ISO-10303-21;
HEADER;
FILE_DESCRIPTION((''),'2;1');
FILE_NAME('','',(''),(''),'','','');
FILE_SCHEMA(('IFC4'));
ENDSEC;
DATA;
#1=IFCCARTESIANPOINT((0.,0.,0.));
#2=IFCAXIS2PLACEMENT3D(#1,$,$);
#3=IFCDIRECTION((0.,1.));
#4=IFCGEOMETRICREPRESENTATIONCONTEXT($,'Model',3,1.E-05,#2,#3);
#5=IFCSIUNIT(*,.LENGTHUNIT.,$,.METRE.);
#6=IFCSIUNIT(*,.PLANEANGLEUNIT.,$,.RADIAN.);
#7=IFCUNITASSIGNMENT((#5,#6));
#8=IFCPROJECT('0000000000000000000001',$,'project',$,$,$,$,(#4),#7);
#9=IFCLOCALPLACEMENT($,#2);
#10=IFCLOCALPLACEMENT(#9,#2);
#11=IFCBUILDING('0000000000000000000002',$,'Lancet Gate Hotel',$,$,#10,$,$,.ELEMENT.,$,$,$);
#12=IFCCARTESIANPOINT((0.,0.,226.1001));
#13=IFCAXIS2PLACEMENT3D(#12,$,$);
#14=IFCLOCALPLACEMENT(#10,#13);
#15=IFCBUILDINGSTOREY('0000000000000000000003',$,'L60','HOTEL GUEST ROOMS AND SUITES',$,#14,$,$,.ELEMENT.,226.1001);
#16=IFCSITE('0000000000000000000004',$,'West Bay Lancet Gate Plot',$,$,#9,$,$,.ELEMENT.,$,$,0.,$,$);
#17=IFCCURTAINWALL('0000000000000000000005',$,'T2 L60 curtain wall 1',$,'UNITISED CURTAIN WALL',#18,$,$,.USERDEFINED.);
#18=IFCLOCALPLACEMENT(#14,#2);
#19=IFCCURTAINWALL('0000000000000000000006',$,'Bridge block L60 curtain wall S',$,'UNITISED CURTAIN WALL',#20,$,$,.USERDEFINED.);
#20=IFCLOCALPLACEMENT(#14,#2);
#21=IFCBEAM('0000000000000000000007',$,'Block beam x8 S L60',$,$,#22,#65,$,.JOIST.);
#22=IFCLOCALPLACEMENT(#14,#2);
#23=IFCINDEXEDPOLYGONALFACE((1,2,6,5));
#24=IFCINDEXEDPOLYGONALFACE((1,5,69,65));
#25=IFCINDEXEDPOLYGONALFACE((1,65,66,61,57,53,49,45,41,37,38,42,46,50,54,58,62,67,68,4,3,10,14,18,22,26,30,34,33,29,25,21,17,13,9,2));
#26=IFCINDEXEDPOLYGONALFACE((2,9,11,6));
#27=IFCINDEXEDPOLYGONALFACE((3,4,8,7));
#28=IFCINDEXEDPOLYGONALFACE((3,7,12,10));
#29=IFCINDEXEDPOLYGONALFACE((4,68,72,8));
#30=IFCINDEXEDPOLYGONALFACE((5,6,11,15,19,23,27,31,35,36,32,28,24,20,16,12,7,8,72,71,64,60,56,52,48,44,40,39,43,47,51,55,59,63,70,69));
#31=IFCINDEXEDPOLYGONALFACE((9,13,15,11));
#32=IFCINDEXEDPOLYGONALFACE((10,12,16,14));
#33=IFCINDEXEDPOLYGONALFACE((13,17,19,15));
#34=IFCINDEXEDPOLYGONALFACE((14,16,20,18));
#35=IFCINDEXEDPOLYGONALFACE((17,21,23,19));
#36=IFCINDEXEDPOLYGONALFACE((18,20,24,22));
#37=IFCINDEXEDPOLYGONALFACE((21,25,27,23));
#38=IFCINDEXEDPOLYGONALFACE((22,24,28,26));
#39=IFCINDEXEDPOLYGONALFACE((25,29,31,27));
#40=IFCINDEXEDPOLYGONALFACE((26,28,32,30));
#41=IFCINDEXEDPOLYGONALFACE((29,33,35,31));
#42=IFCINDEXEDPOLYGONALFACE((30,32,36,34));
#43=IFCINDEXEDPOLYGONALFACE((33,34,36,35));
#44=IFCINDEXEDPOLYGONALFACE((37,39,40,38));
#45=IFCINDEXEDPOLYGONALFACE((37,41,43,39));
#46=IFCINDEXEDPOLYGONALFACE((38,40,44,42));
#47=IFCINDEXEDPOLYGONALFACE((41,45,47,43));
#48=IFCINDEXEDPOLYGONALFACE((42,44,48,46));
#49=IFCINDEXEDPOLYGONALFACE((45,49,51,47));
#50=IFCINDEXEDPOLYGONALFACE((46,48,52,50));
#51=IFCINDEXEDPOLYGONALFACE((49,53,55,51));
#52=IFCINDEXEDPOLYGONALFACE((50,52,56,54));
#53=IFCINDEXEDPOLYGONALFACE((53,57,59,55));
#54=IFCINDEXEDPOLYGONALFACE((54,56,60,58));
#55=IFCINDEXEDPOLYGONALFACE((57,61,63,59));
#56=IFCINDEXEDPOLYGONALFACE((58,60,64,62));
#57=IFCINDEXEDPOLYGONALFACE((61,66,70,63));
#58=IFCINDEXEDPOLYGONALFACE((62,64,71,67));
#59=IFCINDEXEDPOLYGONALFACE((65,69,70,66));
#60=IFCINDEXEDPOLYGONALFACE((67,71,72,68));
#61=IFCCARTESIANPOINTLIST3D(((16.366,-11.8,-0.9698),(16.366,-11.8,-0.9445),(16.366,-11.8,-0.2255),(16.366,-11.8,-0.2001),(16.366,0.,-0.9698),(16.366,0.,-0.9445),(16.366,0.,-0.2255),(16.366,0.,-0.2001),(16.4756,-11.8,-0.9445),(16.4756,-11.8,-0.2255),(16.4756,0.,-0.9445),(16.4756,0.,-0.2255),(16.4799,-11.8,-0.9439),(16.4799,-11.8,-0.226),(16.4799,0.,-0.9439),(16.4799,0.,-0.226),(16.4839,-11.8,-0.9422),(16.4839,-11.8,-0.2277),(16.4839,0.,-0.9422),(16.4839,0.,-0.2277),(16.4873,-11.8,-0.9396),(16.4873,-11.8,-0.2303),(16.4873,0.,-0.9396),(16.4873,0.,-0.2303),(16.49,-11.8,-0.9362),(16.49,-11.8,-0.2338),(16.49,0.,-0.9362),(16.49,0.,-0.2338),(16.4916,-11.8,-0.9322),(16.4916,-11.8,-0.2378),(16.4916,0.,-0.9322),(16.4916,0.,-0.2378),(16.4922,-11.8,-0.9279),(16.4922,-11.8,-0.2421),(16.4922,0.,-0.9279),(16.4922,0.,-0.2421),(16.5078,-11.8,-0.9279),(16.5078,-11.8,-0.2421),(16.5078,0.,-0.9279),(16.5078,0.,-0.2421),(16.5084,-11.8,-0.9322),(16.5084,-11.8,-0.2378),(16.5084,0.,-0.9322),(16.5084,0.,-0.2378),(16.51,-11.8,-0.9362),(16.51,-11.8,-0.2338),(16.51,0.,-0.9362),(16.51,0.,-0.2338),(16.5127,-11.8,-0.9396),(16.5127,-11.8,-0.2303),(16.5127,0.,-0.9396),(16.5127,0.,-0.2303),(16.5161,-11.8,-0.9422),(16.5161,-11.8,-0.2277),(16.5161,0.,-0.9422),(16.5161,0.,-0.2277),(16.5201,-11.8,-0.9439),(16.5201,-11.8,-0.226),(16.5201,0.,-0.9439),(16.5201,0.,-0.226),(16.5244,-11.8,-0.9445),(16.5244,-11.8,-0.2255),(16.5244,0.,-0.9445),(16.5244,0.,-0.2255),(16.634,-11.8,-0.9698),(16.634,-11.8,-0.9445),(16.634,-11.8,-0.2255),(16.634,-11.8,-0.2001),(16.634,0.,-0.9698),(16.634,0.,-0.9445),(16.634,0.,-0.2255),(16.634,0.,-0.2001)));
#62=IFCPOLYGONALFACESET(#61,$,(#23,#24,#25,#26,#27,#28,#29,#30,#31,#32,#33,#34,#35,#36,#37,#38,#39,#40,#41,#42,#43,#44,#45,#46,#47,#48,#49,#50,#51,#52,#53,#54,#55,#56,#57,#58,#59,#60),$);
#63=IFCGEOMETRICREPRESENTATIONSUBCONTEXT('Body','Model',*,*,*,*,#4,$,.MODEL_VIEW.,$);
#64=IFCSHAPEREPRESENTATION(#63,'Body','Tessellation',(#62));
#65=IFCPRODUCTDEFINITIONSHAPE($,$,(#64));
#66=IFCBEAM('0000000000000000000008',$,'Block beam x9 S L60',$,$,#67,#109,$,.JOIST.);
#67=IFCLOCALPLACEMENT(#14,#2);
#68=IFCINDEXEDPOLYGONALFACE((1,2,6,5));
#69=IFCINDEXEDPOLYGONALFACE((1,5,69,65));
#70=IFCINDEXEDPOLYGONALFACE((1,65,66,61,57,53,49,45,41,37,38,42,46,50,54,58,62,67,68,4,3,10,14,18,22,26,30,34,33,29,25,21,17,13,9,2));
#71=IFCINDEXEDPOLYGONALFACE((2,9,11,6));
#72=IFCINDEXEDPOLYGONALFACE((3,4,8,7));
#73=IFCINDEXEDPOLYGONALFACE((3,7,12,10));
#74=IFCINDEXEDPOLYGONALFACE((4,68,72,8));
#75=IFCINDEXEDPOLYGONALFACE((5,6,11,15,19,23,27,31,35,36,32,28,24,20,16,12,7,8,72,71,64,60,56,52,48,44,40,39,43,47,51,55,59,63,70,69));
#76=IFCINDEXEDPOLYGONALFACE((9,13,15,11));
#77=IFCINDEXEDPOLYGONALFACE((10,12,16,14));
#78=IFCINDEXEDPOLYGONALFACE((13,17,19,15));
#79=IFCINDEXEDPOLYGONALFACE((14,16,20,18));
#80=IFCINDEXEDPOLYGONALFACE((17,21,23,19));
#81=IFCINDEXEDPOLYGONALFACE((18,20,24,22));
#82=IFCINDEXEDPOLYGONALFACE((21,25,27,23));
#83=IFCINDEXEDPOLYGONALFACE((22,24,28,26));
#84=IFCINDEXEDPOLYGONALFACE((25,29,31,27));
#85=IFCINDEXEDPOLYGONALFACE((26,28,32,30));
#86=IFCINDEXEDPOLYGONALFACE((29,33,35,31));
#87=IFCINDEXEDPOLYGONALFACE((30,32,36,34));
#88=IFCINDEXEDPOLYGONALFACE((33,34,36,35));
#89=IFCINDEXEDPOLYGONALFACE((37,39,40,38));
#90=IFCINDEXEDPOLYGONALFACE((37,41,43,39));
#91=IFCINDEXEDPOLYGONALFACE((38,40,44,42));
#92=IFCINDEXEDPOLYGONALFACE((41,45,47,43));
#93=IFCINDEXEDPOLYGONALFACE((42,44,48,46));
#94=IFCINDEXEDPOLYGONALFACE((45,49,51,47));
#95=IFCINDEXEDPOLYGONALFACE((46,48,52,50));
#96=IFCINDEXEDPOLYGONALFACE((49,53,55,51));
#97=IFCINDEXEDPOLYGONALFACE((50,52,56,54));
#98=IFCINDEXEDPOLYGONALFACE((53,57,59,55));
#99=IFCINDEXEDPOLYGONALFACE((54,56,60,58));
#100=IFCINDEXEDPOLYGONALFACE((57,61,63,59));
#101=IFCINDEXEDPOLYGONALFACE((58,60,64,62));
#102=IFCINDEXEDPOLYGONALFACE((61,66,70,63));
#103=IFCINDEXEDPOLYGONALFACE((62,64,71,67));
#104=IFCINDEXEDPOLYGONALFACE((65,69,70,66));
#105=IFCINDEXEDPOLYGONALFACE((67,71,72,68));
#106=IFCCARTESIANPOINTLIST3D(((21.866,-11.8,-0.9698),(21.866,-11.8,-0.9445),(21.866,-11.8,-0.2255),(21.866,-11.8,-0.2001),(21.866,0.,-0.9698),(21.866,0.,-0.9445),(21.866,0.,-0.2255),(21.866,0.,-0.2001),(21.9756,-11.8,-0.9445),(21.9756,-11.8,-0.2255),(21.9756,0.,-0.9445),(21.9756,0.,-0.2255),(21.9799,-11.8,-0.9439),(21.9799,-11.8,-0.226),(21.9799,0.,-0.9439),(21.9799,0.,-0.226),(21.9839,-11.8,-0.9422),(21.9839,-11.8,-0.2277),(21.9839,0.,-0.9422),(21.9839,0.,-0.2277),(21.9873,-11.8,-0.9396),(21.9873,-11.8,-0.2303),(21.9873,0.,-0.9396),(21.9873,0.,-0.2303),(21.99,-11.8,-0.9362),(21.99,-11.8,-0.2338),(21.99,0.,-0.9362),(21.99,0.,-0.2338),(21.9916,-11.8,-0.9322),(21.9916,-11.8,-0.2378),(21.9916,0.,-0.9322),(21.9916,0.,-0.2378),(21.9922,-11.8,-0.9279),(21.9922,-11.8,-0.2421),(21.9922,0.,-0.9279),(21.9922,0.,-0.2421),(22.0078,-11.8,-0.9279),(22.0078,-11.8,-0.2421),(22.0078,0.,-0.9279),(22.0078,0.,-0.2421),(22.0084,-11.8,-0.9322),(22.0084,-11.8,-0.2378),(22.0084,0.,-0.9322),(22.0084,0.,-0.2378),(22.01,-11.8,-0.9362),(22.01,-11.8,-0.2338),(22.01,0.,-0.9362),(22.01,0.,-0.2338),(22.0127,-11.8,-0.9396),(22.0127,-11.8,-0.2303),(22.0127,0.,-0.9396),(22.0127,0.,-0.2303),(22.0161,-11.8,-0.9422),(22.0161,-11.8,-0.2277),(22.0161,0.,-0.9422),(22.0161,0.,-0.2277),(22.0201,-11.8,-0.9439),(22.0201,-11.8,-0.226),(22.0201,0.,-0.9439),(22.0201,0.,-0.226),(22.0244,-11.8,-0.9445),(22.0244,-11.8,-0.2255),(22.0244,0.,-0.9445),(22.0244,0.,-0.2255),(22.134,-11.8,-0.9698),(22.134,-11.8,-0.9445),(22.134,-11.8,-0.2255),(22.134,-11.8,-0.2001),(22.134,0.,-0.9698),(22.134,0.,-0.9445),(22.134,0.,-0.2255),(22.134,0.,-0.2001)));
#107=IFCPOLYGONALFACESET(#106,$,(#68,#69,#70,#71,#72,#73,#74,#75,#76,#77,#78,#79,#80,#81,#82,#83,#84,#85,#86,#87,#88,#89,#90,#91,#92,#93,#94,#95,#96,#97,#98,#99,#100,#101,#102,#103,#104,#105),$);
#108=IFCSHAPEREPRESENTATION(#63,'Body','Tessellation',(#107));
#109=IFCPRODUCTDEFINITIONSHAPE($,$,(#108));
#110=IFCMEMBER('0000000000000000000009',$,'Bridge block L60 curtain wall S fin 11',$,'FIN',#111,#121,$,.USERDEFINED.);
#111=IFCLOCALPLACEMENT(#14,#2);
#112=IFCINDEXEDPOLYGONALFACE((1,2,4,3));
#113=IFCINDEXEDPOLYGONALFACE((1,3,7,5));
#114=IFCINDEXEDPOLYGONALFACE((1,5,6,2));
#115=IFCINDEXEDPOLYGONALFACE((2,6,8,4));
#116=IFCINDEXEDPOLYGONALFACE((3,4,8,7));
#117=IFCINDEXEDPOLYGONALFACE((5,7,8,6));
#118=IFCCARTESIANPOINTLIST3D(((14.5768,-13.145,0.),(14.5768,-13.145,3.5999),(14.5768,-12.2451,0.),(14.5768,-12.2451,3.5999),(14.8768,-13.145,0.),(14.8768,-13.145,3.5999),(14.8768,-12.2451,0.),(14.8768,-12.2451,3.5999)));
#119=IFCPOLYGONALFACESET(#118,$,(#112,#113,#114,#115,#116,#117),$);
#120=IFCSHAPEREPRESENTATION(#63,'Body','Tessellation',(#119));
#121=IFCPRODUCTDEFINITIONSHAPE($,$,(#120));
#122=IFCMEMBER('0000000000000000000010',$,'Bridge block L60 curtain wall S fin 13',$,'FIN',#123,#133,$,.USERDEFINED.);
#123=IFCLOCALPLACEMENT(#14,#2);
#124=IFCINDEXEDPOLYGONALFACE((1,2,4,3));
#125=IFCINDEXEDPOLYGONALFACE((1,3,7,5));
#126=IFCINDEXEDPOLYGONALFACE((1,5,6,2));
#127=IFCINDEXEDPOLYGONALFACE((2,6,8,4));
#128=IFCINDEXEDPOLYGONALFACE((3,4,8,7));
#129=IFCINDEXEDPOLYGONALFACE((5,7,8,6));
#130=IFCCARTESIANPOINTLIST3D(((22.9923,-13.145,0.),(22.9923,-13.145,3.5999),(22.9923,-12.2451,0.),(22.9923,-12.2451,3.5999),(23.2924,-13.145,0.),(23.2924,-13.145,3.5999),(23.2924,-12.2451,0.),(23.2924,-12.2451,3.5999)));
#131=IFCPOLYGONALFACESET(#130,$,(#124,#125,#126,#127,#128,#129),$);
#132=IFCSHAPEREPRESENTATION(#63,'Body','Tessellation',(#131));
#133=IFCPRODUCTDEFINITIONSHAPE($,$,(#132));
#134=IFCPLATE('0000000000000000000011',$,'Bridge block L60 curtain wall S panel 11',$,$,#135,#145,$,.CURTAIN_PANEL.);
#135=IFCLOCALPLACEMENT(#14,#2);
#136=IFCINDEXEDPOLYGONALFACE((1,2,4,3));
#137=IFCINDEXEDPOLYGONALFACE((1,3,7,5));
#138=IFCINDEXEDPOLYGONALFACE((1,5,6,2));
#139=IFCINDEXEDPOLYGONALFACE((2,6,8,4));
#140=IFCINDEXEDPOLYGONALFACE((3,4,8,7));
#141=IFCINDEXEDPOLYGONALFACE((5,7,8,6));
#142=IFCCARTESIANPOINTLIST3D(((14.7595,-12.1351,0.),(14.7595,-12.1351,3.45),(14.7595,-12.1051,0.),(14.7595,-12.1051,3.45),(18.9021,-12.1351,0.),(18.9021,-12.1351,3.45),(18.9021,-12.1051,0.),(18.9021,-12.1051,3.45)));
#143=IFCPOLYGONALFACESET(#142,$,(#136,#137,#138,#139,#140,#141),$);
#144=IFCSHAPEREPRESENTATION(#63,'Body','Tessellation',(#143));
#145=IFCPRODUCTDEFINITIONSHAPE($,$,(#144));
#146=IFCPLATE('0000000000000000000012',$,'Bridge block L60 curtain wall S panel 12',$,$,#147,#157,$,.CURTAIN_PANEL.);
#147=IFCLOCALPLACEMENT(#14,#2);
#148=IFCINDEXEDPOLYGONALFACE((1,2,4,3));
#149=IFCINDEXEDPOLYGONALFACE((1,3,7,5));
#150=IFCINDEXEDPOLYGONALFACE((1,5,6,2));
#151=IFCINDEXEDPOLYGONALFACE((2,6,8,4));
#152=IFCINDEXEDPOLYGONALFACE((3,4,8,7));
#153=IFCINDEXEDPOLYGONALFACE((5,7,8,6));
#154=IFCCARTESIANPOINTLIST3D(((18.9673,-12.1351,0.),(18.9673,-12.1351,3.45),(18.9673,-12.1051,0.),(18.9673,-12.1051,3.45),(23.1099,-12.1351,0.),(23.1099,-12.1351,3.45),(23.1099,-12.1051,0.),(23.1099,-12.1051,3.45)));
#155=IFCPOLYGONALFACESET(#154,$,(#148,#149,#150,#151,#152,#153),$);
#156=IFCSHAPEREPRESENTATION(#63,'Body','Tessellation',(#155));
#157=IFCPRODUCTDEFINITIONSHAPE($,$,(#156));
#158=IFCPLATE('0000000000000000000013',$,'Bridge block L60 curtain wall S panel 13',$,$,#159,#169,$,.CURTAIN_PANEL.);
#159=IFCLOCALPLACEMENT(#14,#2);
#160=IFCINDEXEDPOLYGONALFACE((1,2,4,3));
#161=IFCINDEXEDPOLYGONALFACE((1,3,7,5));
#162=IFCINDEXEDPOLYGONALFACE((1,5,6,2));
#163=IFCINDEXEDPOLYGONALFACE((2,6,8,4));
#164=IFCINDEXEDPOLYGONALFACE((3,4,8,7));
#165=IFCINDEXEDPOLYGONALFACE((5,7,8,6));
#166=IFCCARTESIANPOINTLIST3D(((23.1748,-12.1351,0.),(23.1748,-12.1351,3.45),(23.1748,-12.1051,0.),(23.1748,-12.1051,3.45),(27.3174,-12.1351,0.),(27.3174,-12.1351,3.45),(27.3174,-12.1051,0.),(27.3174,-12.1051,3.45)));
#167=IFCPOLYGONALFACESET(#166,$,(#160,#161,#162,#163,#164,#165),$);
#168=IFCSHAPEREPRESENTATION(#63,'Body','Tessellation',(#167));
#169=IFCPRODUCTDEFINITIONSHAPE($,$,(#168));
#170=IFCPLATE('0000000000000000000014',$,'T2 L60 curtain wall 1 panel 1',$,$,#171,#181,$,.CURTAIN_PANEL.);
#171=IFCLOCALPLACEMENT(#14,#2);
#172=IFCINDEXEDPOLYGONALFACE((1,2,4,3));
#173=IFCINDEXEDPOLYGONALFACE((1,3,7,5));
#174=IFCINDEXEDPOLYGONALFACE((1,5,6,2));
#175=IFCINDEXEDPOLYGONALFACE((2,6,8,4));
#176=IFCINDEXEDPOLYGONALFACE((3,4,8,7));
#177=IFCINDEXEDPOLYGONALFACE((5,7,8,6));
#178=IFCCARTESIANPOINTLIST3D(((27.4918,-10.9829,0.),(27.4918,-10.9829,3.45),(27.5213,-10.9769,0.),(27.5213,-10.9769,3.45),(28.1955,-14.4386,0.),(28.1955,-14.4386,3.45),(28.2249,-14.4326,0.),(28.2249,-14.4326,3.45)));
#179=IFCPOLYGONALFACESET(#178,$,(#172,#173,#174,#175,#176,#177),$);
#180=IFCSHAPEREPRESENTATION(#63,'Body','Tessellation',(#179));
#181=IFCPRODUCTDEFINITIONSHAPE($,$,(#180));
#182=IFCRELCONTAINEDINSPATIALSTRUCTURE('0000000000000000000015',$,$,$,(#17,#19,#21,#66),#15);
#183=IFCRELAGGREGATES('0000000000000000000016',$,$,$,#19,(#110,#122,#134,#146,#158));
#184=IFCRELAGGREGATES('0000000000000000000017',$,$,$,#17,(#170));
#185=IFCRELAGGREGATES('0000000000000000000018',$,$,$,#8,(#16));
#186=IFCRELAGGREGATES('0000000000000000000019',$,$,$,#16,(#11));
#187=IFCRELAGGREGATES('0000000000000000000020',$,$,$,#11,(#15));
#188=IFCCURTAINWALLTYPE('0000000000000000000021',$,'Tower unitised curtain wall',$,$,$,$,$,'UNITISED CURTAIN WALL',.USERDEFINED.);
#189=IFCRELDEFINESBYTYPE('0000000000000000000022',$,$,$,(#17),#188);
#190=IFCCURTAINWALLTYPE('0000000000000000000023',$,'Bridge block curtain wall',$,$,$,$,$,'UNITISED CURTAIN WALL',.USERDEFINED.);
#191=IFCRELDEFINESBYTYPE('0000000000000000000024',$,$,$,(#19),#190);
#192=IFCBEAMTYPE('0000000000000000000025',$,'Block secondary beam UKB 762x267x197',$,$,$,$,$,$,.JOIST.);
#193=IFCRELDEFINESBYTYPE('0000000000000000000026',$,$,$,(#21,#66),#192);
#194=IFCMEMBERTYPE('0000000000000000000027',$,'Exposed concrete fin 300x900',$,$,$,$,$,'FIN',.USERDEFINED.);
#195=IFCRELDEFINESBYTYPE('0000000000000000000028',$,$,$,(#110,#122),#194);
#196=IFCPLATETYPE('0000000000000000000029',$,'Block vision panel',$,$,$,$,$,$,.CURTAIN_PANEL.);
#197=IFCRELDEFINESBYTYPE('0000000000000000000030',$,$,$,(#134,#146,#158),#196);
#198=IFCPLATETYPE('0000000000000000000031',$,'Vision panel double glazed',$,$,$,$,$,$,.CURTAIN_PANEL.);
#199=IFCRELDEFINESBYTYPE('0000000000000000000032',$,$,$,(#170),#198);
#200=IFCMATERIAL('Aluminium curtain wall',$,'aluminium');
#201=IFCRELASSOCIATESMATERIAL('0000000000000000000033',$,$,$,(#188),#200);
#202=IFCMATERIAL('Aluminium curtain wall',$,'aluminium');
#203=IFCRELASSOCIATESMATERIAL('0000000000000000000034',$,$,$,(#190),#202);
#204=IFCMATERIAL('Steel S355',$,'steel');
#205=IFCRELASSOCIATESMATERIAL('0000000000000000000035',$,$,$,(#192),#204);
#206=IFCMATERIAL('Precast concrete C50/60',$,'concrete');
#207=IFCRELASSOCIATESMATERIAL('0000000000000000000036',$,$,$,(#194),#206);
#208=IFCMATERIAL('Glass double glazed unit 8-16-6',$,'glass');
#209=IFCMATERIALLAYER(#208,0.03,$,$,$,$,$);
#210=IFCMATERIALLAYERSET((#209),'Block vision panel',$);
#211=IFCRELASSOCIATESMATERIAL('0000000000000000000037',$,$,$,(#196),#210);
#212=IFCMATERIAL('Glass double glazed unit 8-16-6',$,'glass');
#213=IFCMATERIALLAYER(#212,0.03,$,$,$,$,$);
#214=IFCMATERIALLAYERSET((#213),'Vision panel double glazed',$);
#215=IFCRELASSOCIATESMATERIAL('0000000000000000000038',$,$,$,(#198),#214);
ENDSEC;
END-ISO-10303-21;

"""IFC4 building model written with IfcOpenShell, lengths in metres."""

from ifc_helpers import new_model, si_unit, direction, frame, origin, origin_2d, place, context, subcontext, project, spatial, rectangle, i_section, extrude, material, layer, layer_set, material_profile, profile_set, type_object, element, aggregate, save


model = new_model("IFC4")

# Units and contexts
model_context = context("Model", 3, precision=1e-05, world=origin(), true_north=direction((0.0, 1.0)))
body_context = subcontext(model_context, "Body", "Model", "MODEL_VIEW")
ifc_project = project(units=[si_unit("LENGTHUNIT", "METRE"), si_unit("PLANEANGLEUNIT", "RADIAN")], contexts=[model_context])

# Site, building, storey
site_placement = place(None, origin())
site = spatial("IfcSite", under=ifc_project, at=site_placement, Name="West Bay Lancet Gate Plot", CompositionType="ELEMENT", RefElevation=0.0)
building_placement = place(site_placement, origin())
building = spatial("IfcBuilding", under=site, at=building_placement, Name="Lancet Gate Hotel", CompositionType="ELEMENT")
storey_placement = place(building_placement, frame((0.0, 0.0, 226.1001)))
storey = spatial("IfcBuildingStorey", under=building, at=storey_placement, Name="L60", Description="HOTEL GUEST ROOMS AND SUITES", CompositionType="ELEMENT", Elevation=226.1001)

# Curtain wall
ifc_material_1 = material(Name="Aluminium curtain wall", Category="aluminium")
curtain_wall_type_1 = type_object("IfcCurtainWallType", Name="Tower unitised curtain wall", ElementType="UNITISED CURTAIN WALL", PredefinedType="USERDEFINED", material=ifc_material_1)
curtain_wall_1_placement = place(storey_placement, origin())
curtain_wall_1 = element("IfcCurtainWall", 1, at=curtain_wall_1_placement, inside=storey, type_object=curtain_wall_type_1, Name="T2 L60 curtain wall 1", ObjectType="UNITISED CURTAIN WALL", PredefinedType="USERDEFINED")

# Curtain wall
ifc_material_2 = material(Name="Aluminium curtain wall", Category="aluminium")
curtain_wall_type_2 = type_object("IfcCurtainWallType", Name="Bridge block curtain wall", ElementType="UNITISED CURTAIN WALL", PredefinedType="USERDEFINED", material=ifc_material_2)
curtain_wall_2_placement = place(storey_placement, origin())
curtain_wall_2 = element("IfcCurtainWall", 2, at=curtain_wall_2_placement, inside=storey, type_object=curtain_wall_type_2, Name="Bridge block L60 curtain wall S", ObjectType="UNITISED CURTAIN WALL", PredefinedType="USERDEFINED")

# Beams
ifc_material_3 = material(Name="Steel S355", Category="steel")
ifc_material_profile_1 = material_profile(ifc_material_3, i_section(OverallWidth=0.2681, OverallDepth=0.7698, WebThickness=0.0156, FlangeThickness=0.0254, FilletRadius=0.0166, at=origin_2d()), Name="UKB 762x267x197")
ifc_profile_set_1 = profile_set([ifc_material_profile_1], Name="Steel S355")
beam_type_1 = type_object("IfcBeamType", Name="Block secondary beam UKB 762x267x197", PredefinedType="JOIST", material=ifc_profile_set_1)
for number, where, z_axis, x_axis, name in (
    (3, (16.5, -11.8, -0.585), (0.0, 1.0, 0.0), (-1.0, 0.0, 0.0), "Block beam x8 S L60"),
    (4, (22.0, -11.8, -0.585), (0.0, 1.0, 0.0), (-1.0, 0.0, 0.0), "Block beam x9 S L60"),
):
    element("IfcBeam", number, at=place(storey_placement, frame(where, z_axis=z_axis, x_axis=x_axis)), inside=storey, type_object=beam_type_1, Name=name, PredefinedType="JOIST", context=body_context, shape_type="SweptSolid", body=[
        extrude(i_section(OverallWidth=0.2681, OverallDepth=0.7698, WebThickness=0.0156, FlangeThickness=0.0254, FilletRadius=0.0166, at=origin_2d()), origin(), (0.0, 0.0, 1.0), 11.8),
    ])

# Members
ifc_material_4 = material(Name="Precast concrete C50/60", Category="concrete")
ifc_material_profile_2 = material_profile(ifc_material_4, rectangle(XDim=0.3, YDim=0.8999, at=origin_2d()), Name="FIN 300x900")
ifc_profile_set_2 = profile_set([ifc_material_profile_2], Name="Precast concrete C50/60")
member_type_1 = type_object("IfcMemberType", Name="Exposed concrete fin 300x900", ElementType="FIN", PredefinedType="USERDEFINED", material=ifc_profile_set_2)
member_1_placement = place(storey_placement, frame((14.7268, -12.6951, 0.0), z_axis=(0.0, 0.0, 1.0), x_axis=(1.0, 0.0, 0.0)))
member_1 = element("IfcMember", 5, at=member_1_placement, type_object=member_type_1, Name="Bridge block L60 curtain wall S fin 11", ObjectType="FIN", PredefinedType="USERDEFINED", context=body_context, shape_type="SweptSolid", body=[
    extrude(rectangle(XDim=0.3, YDim=0.8999, at=origin_2d()), origin(), (0.0, 0.0, 1.0), 3.5999),
])
member_2_placement = place(storey_placement, frame((23.1423, -12.6951, 0.0), z_axis=(0.0, 0.0, 1.0), x_axis=(1.0, 0.0, 0.0)))
member_2 = element("IfcMember", 6, at=member_2_placement, type_object=member_type_1, Name="Bridge block L60 curtain wall S fin 13", ObjectType="FIN", PredefinedType="USERDEFINED", context=body_context, shape_type="SweptSolid", body=[
    extrude(rectangle(XDim=0.3, YDim=0.8999, at=origin_2d()), origin(), (0.0, 0.0, 1.0), 3.5999),
])

# Plates
ifc_material_5 = material(Name="Glass double glazed unit 8-16-6", Category="glass")
ifc_layer_1 = layer(ifc_material_5, 0.03)
ifc_layer_set_1 = layer_set([ifc_layer_1], Name="Block vision panel")
plate_type_1 = type_object("IfcPlateType", Name="Block vision panel", PredefinedType="CURTAIN_PANEL", material=ifc_layer_set_1)
plate_1_placement = place(storey_placement, frame((16.8308, -12.1201, 0.0), z_axis=(0.0, 0.0, 1.0), x_axis=(1.0, 0.0, 0.0)))
plate_1 = element("IfcPlate", 7, at=plate_1_placement, type_object=plate_type_1, Name="Bridge block L60 curtain wall S panel 11", PredefinedType="CURTAIN_PANEL", context=body_context, shape_type="SweptSolid", body=[
    extrude(rectangle(XDim=4.1426, YDim=0.03, at=origin_2d()), origin(), (0.0, 0.0, 1.0), 3.45),
])
plate_2_placement = place(storey_placement, frame((21.0386, -12.1201, 0.0), z_axis=(0.0, 0.0, 1.0), x_axis=(1.0, 0.0, 0.0)))
plate_2 = element("IfcPlate", 8, at=plate_2_placement, type_object=plate_type_1, Name="Bridge block L60 curtain wall S panel 12", PredefinedType="CURTAIN_PANEL", context=body_context, shape_type="SweptSolid", body=[
    extrude(rectangle(XDim=4.1426, YDim=0.03, at=origin_2d()), origin(), (0.0, 0.0, 1.0), 3.45),
])
plate_3_placement = place(storey_placement, frame((25.2461, -12.1201, 0.0), z_axis=(0.0, 0.0, 1.0), x_axis=(1.0, 0.0, 0.0)))
plate_3 = element("IfcPlate", 9, at=plate_3_placement, type_object=plate_type_1, Name="Bridge block L60 curtain wall S panel 13", PredefinedType="CURTAIN_PANEL", context=body_context, shape_type="SweptSolid", body=[
    extrude(rectangle(XDim=4.1426, YDim=0.03, at=origin_2d()), origin(), (0.0, 0.0, 1.0), 3.45),
])
aggregate(curtain_wall_2, [member_1, member_2, plate_1, plate_2, plate_3])
ifc_material_6 = material(Name="Glass double glazed unit 8-16-6", Category="glass")
ifc_layer_2 = layer(ifc_material_6, 0.03)
ifc_layer_set_2 = layer_set([ifc_layer_2], Name="Vision panel double glazed")
plate_type_2 = type_object("IfcPlateType", Name="Vision panel double glazed", PredefinedType="CURTAIN_PANEL", material=ifc_layer_set_2)
plate_4_placement = place(storey_placement, frame((27.8584, -12.7078, 0.0), z_axis=(0.0, 0.0, 1.0), x_axis=(0.199533, -0.979891, 0.0)))
plate_4 = element("IfcPlate", 10, at=plate_4_placement, type_object=plate_type_2, Name="T2 L60 curtain wall 1 panel 1", PredefinedType="CURTAIN_PANEL", context=body_context, shape_type="SweptSolid", body=[
    extrude(rectangle(XDim=3.5266, YDim=0.03, at=origin_2d()), origin(), (0.0, 0.0, 1.0), 3.45),
])
aggregate(curtain_wall_1, [plate_4])

save(model, "model.ifc")
